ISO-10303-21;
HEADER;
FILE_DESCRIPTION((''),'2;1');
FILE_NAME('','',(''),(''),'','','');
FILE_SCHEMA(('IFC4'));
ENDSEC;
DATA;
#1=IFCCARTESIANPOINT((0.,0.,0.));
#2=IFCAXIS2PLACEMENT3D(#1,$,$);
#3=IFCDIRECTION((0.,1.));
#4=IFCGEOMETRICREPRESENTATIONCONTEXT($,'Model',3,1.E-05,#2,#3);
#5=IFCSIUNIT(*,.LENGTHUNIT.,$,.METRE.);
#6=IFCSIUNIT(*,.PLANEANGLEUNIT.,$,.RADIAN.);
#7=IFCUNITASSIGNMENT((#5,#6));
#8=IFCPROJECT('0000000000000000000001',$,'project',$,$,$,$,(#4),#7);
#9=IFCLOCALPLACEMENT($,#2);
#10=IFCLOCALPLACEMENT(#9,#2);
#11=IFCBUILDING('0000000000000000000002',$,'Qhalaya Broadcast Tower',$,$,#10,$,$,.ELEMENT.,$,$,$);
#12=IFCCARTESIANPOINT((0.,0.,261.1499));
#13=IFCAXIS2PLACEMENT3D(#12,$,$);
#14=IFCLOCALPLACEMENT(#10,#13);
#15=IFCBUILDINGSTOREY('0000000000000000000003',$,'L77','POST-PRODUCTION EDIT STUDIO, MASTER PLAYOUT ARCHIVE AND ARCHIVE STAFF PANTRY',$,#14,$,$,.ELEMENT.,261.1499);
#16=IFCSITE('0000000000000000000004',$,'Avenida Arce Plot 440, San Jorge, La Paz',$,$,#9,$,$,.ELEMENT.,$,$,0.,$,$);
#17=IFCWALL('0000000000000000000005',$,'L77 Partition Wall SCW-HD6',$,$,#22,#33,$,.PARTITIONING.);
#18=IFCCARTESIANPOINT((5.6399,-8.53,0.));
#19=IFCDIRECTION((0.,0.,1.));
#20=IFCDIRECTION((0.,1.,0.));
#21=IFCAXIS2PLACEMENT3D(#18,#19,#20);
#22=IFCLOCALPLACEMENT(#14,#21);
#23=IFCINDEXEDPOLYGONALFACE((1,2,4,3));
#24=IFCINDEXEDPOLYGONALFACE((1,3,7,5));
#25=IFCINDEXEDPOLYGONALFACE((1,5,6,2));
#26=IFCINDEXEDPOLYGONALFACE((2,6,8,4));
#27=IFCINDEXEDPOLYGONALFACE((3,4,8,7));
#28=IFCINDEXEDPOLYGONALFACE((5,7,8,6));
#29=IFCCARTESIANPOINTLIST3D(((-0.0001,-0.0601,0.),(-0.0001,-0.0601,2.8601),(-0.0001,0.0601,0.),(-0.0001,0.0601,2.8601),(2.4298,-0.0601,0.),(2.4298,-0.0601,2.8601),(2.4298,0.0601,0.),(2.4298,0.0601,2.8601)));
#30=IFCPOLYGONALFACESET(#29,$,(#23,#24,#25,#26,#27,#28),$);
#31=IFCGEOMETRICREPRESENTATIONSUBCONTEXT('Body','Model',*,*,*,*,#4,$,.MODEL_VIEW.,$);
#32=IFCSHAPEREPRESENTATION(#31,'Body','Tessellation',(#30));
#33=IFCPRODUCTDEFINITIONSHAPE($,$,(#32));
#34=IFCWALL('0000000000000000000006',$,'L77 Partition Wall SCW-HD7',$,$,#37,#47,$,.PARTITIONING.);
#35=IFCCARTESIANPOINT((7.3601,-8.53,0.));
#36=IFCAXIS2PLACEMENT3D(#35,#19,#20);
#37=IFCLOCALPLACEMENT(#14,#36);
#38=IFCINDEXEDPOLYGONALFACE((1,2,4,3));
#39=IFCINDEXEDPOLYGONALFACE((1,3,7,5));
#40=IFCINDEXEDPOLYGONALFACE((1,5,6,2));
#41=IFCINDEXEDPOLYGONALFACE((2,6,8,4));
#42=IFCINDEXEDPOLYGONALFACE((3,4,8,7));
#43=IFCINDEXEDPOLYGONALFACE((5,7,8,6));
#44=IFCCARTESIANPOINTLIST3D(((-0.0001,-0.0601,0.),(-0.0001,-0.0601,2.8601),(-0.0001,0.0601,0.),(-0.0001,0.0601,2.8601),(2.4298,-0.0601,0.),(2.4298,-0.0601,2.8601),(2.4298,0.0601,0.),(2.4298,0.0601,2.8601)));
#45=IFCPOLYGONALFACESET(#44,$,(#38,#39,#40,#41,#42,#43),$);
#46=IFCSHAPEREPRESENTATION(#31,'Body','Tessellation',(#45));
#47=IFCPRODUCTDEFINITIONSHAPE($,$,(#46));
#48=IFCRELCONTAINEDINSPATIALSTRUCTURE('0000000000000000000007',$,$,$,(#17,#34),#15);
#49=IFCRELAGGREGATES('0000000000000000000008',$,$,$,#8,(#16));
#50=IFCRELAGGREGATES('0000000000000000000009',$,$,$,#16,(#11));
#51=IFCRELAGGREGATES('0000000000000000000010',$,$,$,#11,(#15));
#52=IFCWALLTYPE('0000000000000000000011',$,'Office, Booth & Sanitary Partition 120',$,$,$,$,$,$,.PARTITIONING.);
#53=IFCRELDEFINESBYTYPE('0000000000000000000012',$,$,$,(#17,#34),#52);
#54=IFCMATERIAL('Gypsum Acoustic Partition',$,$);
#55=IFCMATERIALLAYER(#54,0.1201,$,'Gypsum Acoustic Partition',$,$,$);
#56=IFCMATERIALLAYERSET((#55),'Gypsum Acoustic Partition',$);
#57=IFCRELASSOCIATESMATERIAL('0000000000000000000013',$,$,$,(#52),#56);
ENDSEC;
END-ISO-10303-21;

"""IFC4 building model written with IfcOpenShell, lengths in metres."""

from ifc_helpers import new_model, si_unit, direction, frame, frame_2d, origin, place, context, subcontext, project, spatial, rectangle, extrude, material, layer, layer_set, type_object, element, save


model = new_model("IFC4")

# Units and contexts
model_context = context("Model", 3, precision=1e-05, world=origin(), true_north=direction((0.0, 1.0)))
body_context = subcontext(model_context, "Body", "Model", "MODEL_VIEW")
ifc_project = project(units=[si_unit("LENGTHUNIT", "METRE"), si_unit("PLANEANGLEUNIT", "RADIAN")], contexts=[model_context])

# Site, building, storey
site_placement = place(None, origin())
site = spatial("IfcSite", under=ifc_project, at=site_placement, Name="Avenida Arce Plot 440, San Jorge, La Paz", CompositionType="ELEMENT", RefElevation=0.0)
building_placement = place(site_placement, origin())
building = spatial("IfcBuilding", under=site, at=building_placement, Name="Qhalaya Broadcast Tower", CompositionType="ELEMENT")
storey_placement = place(building_placement, frame((0.0, 0.0, 261.1499)))
storey = spatial("IfcBuildingStorey", under=building, at=storey_placement, Name="L77", Description="POST-PRODUCTION EDIT STUDIO, MASTER PLAYOUT ARCHIVE AND ARCHIVE STAFF PANTRY", CompositionType="ELEMENT", Elevation=261.1499)

# Shared definitions
ifc_material_1 = material(Name="Gypsum Acoustic Partition")

# Walls
ifc_layer_1 = layer(ifc_material_1, 0.1201, Name="Gypsum Acoustic Partition")
ifc_layer_set_1 = layer_set([ifc_layer_1], Name="Gypsum Acoustic Partition")
wall_type_1 = type_object("IfcWallType", Name="Office, Booth & Sanitary Partition 120", PredefinedType="PARTITIONING", material=ifc_layer_set_1)
for number, where, z_axis, x_axis, name in (
    (1, (5.6399, -8.53, 0.0), (0.0, 0.0, 1.0), (0.0, 1.0, 0.0), "L77 Partition Wall SCW-HD6"),
    (2, (7.3601, -8.53, 0.0), (0.0, 0.0, 1.0), (0.0, 1.0, 0.0), "L77 Partition Wall SCW-HD7"),
):
    element("IfcWall", number, at=place(storey_placement, frame(where, z_axis=z_axis, x_axis=x_axis)), inside=storey, type_object=wall_type_1, Name=name, PredefinedType="PARTITIONING", context=body_context, shape_type="SweptSolid", body=[
        extrude(rectangle(XDim=2.4299, YDim=0.1201, at=frame_2d((1.2148, 0.0))), origin(), (0.0, 0.0, 1.0), 2.8601),
    ])

save(model, "model.ifc")
